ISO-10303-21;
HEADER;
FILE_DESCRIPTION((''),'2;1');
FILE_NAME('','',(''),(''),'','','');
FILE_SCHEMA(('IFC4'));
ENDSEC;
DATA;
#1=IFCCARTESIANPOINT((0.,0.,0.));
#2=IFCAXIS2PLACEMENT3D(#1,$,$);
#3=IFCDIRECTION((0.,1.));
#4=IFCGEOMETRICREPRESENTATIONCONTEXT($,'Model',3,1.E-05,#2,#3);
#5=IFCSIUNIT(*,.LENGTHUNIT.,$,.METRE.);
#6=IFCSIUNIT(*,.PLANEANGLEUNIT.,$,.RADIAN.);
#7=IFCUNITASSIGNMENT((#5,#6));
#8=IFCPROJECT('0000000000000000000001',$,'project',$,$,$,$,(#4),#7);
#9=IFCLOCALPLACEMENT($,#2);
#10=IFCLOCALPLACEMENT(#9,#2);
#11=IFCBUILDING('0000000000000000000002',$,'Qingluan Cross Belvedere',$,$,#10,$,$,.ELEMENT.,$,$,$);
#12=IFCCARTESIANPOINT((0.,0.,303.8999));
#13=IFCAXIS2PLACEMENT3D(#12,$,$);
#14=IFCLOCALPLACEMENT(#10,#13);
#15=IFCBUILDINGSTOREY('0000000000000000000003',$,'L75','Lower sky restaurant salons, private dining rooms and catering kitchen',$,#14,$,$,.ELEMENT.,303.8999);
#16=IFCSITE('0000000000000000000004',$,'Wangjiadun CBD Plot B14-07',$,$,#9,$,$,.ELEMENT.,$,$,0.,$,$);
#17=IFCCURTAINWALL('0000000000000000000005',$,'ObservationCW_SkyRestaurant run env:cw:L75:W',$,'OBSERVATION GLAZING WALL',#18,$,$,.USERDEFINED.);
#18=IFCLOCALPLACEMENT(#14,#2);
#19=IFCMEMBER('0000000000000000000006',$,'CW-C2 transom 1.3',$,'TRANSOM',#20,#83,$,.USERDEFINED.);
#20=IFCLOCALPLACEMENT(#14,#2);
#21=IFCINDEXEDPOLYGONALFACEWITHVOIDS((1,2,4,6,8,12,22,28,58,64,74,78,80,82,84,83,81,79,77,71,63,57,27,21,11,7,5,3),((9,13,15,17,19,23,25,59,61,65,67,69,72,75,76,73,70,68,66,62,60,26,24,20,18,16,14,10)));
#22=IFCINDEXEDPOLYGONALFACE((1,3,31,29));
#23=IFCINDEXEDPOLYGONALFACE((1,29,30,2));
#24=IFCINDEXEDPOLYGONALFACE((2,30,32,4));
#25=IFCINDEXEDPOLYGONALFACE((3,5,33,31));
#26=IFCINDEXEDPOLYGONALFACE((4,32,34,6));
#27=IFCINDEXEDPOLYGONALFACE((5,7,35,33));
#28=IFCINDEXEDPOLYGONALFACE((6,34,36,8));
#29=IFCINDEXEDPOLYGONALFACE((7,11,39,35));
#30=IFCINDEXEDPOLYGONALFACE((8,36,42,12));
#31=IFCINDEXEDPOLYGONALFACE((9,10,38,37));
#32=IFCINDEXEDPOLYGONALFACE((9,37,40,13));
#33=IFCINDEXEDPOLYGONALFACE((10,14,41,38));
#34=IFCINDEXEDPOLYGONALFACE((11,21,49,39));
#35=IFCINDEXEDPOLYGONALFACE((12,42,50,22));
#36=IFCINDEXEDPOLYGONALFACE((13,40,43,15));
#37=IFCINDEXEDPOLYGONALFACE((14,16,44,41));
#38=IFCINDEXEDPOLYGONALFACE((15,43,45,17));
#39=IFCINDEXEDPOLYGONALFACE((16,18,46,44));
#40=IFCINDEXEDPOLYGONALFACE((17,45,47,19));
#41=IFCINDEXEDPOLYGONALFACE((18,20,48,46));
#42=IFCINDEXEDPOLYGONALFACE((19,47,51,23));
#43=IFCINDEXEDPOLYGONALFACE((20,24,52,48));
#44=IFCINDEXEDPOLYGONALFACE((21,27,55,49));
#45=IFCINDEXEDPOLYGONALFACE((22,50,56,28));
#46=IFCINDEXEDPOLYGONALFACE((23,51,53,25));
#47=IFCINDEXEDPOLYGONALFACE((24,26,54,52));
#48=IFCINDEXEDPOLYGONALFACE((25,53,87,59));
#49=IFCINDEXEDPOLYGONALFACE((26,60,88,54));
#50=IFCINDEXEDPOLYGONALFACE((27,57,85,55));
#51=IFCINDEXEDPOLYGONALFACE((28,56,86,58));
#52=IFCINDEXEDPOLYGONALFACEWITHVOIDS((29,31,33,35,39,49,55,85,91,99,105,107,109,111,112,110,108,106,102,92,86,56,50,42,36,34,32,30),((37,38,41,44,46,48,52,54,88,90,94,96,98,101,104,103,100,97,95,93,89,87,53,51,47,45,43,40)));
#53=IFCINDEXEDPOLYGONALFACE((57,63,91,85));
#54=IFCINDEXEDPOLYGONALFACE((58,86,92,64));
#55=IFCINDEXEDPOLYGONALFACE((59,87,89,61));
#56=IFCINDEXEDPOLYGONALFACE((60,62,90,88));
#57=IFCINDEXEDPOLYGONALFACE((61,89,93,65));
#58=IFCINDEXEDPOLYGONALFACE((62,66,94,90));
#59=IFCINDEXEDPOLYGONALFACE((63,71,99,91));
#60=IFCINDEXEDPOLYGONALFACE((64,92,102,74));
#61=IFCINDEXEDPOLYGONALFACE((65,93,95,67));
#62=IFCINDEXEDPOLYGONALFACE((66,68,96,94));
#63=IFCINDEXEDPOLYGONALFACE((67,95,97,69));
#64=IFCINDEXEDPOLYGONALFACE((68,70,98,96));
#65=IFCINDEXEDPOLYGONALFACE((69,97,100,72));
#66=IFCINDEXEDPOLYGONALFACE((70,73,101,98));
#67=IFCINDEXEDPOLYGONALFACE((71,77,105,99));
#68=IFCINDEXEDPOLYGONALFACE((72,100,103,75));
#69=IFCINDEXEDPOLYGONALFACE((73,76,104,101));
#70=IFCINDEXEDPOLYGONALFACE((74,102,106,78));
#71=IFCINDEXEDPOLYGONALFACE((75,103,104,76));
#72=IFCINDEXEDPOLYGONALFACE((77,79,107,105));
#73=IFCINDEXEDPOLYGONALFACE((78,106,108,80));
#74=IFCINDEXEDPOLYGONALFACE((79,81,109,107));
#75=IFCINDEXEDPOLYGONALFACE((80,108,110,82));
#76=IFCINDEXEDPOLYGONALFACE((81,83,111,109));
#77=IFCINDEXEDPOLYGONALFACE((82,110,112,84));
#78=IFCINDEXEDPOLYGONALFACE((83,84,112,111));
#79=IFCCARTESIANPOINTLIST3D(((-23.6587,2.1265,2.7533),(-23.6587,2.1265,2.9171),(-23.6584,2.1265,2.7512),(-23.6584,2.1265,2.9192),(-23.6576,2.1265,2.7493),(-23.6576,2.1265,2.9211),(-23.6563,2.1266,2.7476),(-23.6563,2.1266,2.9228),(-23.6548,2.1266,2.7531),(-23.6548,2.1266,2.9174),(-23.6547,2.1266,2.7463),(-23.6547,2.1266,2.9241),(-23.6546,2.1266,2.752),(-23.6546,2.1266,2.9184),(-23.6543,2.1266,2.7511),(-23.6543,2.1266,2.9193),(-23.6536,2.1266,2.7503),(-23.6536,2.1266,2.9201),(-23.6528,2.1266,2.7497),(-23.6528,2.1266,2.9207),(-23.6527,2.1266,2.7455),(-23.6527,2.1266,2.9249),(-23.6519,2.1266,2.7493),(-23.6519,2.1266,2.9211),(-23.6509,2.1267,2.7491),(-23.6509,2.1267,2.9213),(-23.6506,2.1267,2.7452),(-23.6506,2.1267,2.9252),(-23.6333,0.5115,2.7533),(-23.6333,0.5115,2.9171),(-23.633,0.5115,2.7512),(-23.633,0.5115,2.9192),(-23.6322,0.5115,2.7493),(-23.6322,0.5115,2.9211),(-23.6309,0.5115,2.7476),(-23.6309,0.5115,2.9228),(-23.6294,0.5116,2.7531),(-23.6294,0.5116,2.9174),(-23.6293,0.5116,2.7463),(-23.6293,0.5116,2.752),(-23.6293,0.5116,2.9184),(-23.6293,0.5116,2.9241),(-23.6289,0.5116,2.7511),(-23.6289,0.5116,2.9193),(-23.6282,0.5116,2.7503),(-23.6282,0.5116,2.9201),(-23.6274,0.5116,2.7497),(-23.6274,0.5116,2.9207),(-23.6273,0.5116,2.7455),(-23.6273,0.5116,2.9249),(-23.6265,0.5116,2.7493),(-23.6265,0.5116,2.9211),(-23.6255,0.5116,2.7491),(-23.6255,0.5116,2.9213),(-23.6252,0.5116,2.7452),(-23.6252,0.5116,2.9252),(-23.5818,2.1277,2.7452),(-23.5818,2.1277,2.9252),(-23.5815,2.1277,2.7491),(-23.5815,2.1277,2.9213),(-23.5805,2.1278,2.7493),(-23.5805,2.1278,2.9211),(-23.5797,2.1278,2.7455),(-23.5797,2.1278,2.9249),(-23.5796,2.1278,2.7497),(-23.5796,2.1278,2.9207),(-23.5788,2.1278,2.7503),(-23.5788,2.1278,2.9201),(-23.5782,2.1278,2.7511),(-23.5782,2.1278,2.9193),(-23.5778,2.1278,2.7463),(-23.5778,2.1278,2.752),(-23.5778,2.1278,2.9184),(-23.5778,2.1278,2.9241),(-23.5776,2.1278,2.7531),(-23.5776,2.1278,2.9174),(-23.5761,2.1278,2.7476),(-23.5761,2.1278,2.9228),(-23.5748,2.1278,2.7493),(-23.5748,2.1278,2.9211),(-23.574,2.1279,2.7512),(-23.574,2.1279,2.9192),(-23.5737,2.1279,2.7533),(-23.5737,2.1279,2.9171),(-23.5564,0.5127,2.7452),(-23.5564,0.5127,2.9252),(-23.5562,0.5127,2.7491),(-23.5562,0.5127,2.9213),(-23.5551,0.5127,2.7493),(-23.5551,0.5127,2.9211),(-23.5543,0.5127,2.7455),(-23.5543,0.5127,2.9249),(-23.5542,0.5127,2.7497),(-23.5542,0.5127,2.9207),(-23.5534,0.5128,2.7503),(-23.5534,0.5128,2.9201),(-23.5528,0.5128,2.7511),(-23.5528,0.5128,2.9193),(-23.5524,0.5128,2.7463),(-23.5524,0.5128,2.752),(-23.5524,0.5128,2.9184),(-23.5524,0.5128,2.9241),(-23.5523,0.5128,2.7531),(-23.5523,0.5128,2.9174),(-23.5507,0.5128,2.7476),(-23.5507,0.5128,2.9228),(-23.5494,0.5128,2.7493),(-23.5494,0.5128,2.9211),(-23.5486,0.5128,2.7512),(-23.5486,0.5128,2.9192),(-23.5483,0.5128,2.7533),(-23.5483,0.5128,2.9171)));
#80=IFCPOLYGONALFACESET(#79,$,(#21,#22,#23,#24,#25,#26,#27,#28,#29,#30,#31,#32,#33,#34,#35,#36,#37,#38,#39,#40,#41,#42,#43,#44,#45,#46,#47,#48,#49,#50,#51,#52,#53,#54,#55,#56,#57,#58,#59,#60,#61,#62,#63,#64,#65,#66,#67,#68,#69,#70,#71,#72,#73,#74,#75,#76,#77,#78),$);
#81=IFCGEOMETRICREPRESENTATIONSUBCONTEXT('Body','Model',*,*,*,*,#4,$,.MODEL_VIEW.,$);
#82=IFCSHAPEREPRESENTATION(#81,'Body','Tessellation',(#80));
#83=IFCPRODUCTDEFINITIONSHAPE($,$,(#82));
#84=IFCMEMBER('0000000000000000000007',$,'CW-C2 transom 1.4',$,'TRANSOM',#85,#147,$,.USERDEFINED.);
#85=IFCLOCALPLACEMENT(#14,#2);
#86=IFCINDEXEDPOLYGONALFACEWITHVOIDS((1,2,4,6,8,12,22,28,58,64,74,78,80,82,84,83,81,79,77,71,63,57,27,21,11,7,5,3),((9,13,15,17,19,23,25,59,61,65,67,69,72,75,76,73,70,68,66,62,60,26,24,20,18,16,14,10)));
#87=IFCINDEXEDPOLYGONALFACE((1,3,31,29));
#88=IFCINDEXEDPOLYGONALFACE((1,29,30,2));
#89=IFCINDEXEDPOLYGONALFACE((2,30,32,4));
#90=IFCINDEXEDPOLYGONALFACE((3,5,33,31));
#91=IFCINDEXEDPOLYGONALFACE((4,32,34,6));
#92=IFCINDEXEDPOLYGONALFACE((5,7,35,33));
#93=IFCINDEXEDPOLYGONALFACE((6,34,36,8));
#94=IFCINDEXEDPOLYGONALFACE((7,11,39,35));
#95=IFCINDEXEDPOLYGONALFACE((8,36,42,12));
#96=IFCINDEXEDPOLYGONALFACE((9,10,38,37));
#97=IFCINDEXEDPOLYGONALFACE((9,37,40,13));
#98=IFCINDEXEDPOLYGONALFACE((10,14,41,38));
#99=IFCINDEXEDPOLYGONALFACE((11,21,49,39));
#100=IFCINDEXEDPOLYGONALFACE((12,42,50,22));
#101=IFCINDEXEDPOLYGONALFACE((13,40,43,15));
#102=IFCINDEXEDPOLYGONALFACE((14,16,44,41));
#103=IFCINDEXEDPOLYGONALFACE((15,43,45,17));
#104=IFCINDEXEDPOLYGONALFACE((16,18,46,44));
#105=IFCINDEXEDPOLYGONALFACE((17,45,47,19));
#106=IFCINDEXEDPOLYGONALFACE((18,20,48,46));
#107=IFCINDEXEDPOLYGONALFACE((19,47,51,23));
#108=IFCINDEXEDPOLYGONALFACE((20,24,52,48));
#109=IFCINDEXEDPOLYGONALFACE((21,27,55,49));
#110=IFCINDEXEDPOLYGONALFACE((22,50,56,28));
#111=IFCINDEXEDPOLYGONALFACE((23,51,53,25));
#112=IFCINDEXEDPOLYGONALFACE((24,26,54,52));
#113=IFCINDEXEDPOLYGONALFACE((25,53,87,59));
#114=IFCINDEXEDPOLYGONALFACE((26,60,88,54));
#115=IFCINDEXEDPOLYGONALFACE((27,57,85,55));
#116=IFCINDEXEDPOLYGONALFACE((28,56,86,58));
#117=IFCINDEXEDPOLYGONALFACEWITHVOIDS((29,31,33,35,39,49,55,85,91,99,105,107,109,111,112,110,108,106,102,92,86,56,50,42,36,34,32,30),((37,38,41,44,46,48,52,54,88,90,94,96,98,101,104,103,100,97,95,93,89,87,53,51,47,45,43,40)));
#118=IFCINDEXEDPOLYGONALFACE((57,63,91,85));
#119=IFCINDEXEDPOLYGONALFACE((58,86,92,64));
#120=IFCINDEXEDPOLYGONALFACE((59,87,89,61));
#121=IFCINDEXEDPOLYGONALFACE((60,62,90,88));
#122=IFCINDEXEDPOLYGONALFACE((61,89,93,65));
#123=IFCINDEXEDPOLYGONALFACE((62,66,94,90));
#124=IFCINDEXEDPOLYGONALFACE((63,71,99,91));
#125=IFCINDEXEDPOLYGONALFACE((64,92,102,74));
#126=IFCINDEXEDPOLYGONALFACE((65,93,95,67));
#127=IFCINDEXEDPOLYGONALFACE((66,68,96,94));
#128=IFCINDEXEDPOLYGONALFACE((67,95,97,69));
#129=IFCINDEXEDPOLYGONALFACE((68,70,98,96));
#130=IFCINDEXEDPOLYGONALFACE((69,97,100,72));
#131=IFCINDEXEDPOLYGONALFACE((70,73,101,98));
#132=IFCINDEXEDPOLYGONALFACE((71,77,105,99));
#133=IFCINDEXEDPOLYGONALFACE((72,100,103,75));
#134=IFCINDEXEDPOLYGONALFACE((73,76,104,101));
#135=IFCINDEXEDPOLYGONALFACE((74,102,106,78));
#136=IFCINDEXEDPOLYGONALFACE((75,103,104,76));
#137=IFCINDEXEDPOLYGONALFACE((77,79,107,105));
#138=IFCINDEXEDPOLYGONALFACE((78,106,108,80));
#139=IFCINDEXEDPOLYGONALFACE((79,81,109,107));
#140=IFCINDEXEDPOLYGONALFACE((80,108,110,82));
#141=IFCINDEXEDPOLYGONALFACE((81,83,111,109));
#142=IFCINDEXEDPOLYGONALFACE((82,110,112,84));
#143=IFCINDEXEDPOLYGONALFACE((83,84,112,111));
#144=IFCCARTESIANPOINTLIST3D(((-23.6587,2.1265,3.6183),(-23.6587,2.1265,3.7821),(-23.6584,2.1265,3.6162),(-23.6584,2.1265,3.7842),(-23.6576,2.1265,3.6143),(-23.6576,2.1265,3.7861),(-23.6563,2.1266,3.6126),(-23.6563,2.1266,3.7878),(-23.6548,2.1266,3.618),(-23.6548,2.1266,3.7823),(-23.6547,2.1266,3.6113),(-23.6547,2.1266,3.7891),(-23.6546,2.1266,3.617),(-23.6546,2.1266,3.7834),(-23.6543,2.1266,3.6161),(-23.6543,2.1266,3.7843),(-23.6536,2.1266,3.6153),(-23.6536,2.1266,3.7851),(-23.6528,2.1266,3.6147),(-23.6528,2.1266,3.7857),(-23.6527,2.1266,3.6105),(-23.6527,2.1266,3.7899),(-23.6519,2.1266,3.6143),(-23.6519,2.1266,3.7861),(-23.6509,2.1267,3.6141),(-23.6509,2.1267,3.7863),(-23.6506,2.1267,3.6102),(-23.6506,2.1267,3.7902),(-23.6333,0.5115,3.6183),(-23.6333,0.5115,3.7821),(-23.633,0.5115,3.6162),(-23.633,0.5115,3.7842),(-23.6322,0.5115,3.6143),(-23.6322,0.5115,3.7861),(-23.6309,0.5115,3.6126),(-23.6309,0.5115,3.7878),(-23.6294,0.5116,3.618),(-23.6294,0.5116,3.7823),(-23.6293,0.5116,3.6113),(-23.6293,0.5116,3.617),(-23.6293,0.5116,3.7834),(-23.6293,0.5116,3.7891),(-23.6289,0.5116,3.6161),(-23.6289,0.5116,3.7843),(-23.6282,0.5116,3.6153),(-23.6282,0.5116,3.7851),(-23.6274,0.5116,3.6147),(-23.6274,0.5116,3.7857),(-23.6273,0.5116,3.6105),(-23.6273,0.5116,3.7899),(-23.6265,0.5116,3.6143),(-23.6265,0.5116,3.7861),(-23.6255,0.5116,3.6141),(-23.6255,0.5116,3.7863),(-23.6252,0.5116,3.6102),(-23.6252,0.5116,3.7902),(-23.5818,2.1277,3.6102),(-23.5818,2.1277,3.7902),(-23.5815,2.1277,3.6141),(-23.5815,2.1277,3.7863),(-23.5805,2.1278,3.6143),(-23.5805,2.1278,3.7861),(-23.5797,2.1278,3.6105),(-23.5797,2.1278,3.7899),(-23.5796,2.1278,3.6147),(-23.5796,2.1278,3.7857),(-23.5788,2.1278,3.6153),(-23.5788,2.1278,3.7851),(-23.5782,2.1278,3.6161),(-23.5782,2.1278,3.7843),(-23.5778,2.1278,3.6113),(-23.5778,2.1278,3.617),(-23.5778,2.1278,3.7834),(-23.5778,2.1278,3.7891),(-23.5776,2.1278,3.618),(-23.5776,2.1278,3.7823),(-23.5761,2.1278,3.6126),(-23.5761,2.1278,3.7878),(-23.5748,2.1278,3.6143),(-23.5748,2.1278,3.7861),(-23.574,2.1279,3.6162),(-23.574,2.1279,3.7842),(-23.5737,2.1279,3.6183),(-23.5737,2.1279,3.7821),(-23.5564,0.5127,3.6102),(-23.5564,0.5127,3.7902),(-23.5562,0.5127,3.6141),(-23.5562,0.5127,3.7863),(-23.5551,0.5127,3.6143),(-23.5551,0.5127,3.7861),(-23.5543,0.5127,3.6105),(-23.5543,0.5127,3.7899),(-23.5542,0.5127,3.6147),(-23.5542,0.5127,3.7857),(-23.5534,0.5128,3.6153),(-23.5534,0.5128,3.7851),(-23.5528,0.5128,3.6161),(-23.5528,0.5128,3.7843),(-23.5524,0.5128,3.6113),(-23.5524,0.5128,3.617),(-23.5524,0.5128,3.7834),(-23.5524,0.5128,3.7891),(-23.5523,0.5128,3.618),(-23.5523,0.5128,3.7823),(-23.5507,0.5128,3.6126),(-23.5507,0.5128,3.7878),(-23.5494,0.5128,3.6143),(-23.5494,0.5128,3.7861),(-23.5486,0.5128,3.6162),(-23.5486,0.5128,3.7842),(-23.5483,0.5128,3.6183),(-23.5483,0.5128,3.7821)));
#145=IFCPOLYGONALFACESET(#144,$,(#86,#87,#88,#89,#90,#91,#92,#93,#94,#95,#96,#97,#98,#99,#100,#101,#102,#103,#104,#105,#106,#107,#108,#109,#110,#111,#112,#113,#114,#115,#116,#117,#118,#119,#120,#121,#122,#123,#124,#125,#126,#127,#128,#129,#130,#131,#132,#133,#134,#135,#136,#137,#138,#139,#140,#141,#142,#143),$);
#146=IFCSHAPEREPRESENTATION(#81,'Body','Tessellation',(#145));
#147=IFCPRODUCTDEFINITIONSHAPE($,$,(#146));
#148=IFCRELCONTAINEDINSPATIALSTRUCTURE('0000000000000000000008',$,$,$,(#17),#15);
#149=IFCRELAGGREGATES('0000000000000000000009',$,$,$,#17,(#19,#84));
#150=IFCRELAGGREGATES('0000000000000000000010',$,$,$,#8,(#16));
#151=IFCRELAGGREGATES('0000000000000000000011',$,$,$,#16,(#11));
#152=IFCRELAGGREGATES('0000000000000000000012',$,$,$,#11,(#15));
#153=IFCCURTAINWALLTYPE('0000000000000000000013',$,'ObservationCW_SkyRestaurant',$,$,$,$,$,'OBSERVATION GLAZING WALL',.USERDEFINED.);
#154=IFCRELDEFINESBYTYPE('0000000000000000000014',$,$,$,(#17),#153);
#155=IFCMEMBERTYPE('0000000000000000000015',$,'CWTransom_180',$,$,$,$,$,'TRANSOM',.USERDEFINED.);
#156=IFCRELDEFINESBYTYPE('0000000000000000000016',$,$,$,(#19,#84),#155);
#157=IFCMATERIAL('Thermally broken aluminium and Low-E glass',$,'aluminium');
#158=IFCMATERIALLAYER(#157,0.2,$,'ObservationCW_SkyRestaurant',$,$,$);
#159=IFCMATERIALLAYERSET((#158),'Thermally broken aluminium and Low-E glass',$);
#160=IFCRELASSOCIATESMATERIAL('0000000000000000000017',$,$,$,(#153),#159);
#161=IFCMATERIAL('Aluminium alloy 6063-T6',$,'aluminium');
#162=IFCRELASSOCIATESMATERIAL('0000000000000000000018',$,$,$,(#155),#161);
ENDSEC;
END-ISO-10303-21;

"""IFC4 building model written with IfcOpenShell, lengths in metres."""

from ifc_helpers import new_model, si_unit, direction, frame, origin, origin_2d, place, context, subcontext, project, spatial, hollow_rectangle, extrude, material, layer, layer_set, material_profile, profile_set, type_object, element, aggregate, save


model = new_model("IFC4")

# Units and contexts
model_context = context("Model", 3, precision=1e-05, world=origin(), true_north=direction((0.0, 1.0)))
body_context = subcontext(model_context, "Body", "Model", "MODEL_VIEW")
ifc_project = project(units=[si_unit("LENGTHUNIT", "METRE"), si_unit("PLANEANGLEUNIT", "RADIAN")], contexts=[model_context])

# Site, building, storey
site_placement = place(None, origin())
site = spatial("IfcSite", under=ifc_project, at=site_placement, Name="Wangjiadun CBD Plot B14-07", CompositionType="ELEMENT", RefElevation=0.0)
building_placement = place(site_placement, origin())
building = spatial("IfcBuilding", under=site, at=building_placement, Name="Qingluan Cross Belvedere", CompositionType="ELEMENT")
storey_placement = place(building_placement, frame((0.0, 0.0, 303.8999)))
storey = spatial("IfcBuildingStorey", under=building, at=storey_placement, Name="L75", Description="Lower sky restaurant salons, private dining rooms and catering kitchen", CompositionType="ELEMENT", Elevation=303.8999)

# Curtain wall, members
ifc_material_1 = material(Name="Thermally broken aluminium and Low-E glass", Category="aluminium")
ifc_layer_1 = layer(ifc_material_1, 0.2, Name="ObservationCW_SkyRestaurant")
ifc_layer_set_1 = layer_set([ifc_layer_1], Name="Thermally broken aluminium and Low-E glass")
curtain_wall_type = type_object("IfcCurtainWallType", Name="ObservationCW_SkyRestaurant", ElementType="OBSERVATION GLAZING WALL", PredefinedType="USERDEFINED", material=ifc_layer_set_1)
curtain_wall_placement = place(storey_placement, origin())
curtain_wall = element("IfcCurtainWall", 1, at=curtain_wall_placement, inside=storey, type_object=curtain_wall_type, Name="ObservationCW_SkyRestaurant run env:cw:L75:W", ObjectType="OBSERVATION GLAZING WALL", PredefinedType="USERDEFINED")
ifc_material_2 = material(Name="Aluminium alloy 6063-T6", Category="aluminium")
ifc_material_profile_1 = material_profile(ifc_material_2, hollow_rectangle(XDim=0.085, YDim=0.1799, WallThickness=0.0039, InnerFilletRadius=0.0039, OuterFilletRadius=0.0081, at=origin_2d()), Name="CWT180x85x4")
ifc_profile_set_1 = profile_set([ifc_material_profile_1], Name="Aluminium alloy 6063-T6")
member_type_1 = type_object("IfcMemberType", Name="CWTransom_180", ElementType="TRANSOM", PredefinedType="USERDEFINED", material=ifc_profile_set_1)
member_1_placement = place(storey_placement, frame((-23.6162, 2.1272, 2.8352), z_axis=(0.01572, -0.999876, 0.0), x_axis=(0.999876, 0.01572, 0.0)))
member_1 = element("IfcMember", 2, at=member_1_placement, type_object=member_type_1, Name="CW-C2 transom 1.3", ObjectType="TRANSOM", PredefinedType="USERDEFINED", context=body_context, shape_type="SweptSolid", body=[
    extrude(hollow_rectangle(XDim=0.085, YDim=0.1799, WallThickness=0.0039, InnerFilletRadius=0.0039, OuterFilletRadius=0.0081, at=origin_2d()), origin(), (0.0, 0.0, 1.0), 1.6152),
])
member_2_placement = place(storey_placement, frame((-23.6162, 2.1272, 3.7002), z_axis=(0.01572, -0.999876, 0.0), x_axis=(0.999876, 0.01572, 0.0)))
member_2 = element("IfcMember", 3, at=member_2_placement, type_object=member_type_1, Name="CW-C2 transom 1.4", ObjectType="TRANSOM", PredefinedType="USERDEFINED", context=body_context, shape_type="SweptSolid", body=[
    extrude(hollow_rectangle(XDim=0.085, YDim=0.1799, WallThickness=0.0039, InnerFilletRadius=0.0039, OuterFilletRadius=0.0081, at=origin_2d()), origin(), (0.0, 0.0, 1.0), 1.6152),
])
aggregate(curtain_wall, [member_1, member_2])

save(model, "model.ifc")
